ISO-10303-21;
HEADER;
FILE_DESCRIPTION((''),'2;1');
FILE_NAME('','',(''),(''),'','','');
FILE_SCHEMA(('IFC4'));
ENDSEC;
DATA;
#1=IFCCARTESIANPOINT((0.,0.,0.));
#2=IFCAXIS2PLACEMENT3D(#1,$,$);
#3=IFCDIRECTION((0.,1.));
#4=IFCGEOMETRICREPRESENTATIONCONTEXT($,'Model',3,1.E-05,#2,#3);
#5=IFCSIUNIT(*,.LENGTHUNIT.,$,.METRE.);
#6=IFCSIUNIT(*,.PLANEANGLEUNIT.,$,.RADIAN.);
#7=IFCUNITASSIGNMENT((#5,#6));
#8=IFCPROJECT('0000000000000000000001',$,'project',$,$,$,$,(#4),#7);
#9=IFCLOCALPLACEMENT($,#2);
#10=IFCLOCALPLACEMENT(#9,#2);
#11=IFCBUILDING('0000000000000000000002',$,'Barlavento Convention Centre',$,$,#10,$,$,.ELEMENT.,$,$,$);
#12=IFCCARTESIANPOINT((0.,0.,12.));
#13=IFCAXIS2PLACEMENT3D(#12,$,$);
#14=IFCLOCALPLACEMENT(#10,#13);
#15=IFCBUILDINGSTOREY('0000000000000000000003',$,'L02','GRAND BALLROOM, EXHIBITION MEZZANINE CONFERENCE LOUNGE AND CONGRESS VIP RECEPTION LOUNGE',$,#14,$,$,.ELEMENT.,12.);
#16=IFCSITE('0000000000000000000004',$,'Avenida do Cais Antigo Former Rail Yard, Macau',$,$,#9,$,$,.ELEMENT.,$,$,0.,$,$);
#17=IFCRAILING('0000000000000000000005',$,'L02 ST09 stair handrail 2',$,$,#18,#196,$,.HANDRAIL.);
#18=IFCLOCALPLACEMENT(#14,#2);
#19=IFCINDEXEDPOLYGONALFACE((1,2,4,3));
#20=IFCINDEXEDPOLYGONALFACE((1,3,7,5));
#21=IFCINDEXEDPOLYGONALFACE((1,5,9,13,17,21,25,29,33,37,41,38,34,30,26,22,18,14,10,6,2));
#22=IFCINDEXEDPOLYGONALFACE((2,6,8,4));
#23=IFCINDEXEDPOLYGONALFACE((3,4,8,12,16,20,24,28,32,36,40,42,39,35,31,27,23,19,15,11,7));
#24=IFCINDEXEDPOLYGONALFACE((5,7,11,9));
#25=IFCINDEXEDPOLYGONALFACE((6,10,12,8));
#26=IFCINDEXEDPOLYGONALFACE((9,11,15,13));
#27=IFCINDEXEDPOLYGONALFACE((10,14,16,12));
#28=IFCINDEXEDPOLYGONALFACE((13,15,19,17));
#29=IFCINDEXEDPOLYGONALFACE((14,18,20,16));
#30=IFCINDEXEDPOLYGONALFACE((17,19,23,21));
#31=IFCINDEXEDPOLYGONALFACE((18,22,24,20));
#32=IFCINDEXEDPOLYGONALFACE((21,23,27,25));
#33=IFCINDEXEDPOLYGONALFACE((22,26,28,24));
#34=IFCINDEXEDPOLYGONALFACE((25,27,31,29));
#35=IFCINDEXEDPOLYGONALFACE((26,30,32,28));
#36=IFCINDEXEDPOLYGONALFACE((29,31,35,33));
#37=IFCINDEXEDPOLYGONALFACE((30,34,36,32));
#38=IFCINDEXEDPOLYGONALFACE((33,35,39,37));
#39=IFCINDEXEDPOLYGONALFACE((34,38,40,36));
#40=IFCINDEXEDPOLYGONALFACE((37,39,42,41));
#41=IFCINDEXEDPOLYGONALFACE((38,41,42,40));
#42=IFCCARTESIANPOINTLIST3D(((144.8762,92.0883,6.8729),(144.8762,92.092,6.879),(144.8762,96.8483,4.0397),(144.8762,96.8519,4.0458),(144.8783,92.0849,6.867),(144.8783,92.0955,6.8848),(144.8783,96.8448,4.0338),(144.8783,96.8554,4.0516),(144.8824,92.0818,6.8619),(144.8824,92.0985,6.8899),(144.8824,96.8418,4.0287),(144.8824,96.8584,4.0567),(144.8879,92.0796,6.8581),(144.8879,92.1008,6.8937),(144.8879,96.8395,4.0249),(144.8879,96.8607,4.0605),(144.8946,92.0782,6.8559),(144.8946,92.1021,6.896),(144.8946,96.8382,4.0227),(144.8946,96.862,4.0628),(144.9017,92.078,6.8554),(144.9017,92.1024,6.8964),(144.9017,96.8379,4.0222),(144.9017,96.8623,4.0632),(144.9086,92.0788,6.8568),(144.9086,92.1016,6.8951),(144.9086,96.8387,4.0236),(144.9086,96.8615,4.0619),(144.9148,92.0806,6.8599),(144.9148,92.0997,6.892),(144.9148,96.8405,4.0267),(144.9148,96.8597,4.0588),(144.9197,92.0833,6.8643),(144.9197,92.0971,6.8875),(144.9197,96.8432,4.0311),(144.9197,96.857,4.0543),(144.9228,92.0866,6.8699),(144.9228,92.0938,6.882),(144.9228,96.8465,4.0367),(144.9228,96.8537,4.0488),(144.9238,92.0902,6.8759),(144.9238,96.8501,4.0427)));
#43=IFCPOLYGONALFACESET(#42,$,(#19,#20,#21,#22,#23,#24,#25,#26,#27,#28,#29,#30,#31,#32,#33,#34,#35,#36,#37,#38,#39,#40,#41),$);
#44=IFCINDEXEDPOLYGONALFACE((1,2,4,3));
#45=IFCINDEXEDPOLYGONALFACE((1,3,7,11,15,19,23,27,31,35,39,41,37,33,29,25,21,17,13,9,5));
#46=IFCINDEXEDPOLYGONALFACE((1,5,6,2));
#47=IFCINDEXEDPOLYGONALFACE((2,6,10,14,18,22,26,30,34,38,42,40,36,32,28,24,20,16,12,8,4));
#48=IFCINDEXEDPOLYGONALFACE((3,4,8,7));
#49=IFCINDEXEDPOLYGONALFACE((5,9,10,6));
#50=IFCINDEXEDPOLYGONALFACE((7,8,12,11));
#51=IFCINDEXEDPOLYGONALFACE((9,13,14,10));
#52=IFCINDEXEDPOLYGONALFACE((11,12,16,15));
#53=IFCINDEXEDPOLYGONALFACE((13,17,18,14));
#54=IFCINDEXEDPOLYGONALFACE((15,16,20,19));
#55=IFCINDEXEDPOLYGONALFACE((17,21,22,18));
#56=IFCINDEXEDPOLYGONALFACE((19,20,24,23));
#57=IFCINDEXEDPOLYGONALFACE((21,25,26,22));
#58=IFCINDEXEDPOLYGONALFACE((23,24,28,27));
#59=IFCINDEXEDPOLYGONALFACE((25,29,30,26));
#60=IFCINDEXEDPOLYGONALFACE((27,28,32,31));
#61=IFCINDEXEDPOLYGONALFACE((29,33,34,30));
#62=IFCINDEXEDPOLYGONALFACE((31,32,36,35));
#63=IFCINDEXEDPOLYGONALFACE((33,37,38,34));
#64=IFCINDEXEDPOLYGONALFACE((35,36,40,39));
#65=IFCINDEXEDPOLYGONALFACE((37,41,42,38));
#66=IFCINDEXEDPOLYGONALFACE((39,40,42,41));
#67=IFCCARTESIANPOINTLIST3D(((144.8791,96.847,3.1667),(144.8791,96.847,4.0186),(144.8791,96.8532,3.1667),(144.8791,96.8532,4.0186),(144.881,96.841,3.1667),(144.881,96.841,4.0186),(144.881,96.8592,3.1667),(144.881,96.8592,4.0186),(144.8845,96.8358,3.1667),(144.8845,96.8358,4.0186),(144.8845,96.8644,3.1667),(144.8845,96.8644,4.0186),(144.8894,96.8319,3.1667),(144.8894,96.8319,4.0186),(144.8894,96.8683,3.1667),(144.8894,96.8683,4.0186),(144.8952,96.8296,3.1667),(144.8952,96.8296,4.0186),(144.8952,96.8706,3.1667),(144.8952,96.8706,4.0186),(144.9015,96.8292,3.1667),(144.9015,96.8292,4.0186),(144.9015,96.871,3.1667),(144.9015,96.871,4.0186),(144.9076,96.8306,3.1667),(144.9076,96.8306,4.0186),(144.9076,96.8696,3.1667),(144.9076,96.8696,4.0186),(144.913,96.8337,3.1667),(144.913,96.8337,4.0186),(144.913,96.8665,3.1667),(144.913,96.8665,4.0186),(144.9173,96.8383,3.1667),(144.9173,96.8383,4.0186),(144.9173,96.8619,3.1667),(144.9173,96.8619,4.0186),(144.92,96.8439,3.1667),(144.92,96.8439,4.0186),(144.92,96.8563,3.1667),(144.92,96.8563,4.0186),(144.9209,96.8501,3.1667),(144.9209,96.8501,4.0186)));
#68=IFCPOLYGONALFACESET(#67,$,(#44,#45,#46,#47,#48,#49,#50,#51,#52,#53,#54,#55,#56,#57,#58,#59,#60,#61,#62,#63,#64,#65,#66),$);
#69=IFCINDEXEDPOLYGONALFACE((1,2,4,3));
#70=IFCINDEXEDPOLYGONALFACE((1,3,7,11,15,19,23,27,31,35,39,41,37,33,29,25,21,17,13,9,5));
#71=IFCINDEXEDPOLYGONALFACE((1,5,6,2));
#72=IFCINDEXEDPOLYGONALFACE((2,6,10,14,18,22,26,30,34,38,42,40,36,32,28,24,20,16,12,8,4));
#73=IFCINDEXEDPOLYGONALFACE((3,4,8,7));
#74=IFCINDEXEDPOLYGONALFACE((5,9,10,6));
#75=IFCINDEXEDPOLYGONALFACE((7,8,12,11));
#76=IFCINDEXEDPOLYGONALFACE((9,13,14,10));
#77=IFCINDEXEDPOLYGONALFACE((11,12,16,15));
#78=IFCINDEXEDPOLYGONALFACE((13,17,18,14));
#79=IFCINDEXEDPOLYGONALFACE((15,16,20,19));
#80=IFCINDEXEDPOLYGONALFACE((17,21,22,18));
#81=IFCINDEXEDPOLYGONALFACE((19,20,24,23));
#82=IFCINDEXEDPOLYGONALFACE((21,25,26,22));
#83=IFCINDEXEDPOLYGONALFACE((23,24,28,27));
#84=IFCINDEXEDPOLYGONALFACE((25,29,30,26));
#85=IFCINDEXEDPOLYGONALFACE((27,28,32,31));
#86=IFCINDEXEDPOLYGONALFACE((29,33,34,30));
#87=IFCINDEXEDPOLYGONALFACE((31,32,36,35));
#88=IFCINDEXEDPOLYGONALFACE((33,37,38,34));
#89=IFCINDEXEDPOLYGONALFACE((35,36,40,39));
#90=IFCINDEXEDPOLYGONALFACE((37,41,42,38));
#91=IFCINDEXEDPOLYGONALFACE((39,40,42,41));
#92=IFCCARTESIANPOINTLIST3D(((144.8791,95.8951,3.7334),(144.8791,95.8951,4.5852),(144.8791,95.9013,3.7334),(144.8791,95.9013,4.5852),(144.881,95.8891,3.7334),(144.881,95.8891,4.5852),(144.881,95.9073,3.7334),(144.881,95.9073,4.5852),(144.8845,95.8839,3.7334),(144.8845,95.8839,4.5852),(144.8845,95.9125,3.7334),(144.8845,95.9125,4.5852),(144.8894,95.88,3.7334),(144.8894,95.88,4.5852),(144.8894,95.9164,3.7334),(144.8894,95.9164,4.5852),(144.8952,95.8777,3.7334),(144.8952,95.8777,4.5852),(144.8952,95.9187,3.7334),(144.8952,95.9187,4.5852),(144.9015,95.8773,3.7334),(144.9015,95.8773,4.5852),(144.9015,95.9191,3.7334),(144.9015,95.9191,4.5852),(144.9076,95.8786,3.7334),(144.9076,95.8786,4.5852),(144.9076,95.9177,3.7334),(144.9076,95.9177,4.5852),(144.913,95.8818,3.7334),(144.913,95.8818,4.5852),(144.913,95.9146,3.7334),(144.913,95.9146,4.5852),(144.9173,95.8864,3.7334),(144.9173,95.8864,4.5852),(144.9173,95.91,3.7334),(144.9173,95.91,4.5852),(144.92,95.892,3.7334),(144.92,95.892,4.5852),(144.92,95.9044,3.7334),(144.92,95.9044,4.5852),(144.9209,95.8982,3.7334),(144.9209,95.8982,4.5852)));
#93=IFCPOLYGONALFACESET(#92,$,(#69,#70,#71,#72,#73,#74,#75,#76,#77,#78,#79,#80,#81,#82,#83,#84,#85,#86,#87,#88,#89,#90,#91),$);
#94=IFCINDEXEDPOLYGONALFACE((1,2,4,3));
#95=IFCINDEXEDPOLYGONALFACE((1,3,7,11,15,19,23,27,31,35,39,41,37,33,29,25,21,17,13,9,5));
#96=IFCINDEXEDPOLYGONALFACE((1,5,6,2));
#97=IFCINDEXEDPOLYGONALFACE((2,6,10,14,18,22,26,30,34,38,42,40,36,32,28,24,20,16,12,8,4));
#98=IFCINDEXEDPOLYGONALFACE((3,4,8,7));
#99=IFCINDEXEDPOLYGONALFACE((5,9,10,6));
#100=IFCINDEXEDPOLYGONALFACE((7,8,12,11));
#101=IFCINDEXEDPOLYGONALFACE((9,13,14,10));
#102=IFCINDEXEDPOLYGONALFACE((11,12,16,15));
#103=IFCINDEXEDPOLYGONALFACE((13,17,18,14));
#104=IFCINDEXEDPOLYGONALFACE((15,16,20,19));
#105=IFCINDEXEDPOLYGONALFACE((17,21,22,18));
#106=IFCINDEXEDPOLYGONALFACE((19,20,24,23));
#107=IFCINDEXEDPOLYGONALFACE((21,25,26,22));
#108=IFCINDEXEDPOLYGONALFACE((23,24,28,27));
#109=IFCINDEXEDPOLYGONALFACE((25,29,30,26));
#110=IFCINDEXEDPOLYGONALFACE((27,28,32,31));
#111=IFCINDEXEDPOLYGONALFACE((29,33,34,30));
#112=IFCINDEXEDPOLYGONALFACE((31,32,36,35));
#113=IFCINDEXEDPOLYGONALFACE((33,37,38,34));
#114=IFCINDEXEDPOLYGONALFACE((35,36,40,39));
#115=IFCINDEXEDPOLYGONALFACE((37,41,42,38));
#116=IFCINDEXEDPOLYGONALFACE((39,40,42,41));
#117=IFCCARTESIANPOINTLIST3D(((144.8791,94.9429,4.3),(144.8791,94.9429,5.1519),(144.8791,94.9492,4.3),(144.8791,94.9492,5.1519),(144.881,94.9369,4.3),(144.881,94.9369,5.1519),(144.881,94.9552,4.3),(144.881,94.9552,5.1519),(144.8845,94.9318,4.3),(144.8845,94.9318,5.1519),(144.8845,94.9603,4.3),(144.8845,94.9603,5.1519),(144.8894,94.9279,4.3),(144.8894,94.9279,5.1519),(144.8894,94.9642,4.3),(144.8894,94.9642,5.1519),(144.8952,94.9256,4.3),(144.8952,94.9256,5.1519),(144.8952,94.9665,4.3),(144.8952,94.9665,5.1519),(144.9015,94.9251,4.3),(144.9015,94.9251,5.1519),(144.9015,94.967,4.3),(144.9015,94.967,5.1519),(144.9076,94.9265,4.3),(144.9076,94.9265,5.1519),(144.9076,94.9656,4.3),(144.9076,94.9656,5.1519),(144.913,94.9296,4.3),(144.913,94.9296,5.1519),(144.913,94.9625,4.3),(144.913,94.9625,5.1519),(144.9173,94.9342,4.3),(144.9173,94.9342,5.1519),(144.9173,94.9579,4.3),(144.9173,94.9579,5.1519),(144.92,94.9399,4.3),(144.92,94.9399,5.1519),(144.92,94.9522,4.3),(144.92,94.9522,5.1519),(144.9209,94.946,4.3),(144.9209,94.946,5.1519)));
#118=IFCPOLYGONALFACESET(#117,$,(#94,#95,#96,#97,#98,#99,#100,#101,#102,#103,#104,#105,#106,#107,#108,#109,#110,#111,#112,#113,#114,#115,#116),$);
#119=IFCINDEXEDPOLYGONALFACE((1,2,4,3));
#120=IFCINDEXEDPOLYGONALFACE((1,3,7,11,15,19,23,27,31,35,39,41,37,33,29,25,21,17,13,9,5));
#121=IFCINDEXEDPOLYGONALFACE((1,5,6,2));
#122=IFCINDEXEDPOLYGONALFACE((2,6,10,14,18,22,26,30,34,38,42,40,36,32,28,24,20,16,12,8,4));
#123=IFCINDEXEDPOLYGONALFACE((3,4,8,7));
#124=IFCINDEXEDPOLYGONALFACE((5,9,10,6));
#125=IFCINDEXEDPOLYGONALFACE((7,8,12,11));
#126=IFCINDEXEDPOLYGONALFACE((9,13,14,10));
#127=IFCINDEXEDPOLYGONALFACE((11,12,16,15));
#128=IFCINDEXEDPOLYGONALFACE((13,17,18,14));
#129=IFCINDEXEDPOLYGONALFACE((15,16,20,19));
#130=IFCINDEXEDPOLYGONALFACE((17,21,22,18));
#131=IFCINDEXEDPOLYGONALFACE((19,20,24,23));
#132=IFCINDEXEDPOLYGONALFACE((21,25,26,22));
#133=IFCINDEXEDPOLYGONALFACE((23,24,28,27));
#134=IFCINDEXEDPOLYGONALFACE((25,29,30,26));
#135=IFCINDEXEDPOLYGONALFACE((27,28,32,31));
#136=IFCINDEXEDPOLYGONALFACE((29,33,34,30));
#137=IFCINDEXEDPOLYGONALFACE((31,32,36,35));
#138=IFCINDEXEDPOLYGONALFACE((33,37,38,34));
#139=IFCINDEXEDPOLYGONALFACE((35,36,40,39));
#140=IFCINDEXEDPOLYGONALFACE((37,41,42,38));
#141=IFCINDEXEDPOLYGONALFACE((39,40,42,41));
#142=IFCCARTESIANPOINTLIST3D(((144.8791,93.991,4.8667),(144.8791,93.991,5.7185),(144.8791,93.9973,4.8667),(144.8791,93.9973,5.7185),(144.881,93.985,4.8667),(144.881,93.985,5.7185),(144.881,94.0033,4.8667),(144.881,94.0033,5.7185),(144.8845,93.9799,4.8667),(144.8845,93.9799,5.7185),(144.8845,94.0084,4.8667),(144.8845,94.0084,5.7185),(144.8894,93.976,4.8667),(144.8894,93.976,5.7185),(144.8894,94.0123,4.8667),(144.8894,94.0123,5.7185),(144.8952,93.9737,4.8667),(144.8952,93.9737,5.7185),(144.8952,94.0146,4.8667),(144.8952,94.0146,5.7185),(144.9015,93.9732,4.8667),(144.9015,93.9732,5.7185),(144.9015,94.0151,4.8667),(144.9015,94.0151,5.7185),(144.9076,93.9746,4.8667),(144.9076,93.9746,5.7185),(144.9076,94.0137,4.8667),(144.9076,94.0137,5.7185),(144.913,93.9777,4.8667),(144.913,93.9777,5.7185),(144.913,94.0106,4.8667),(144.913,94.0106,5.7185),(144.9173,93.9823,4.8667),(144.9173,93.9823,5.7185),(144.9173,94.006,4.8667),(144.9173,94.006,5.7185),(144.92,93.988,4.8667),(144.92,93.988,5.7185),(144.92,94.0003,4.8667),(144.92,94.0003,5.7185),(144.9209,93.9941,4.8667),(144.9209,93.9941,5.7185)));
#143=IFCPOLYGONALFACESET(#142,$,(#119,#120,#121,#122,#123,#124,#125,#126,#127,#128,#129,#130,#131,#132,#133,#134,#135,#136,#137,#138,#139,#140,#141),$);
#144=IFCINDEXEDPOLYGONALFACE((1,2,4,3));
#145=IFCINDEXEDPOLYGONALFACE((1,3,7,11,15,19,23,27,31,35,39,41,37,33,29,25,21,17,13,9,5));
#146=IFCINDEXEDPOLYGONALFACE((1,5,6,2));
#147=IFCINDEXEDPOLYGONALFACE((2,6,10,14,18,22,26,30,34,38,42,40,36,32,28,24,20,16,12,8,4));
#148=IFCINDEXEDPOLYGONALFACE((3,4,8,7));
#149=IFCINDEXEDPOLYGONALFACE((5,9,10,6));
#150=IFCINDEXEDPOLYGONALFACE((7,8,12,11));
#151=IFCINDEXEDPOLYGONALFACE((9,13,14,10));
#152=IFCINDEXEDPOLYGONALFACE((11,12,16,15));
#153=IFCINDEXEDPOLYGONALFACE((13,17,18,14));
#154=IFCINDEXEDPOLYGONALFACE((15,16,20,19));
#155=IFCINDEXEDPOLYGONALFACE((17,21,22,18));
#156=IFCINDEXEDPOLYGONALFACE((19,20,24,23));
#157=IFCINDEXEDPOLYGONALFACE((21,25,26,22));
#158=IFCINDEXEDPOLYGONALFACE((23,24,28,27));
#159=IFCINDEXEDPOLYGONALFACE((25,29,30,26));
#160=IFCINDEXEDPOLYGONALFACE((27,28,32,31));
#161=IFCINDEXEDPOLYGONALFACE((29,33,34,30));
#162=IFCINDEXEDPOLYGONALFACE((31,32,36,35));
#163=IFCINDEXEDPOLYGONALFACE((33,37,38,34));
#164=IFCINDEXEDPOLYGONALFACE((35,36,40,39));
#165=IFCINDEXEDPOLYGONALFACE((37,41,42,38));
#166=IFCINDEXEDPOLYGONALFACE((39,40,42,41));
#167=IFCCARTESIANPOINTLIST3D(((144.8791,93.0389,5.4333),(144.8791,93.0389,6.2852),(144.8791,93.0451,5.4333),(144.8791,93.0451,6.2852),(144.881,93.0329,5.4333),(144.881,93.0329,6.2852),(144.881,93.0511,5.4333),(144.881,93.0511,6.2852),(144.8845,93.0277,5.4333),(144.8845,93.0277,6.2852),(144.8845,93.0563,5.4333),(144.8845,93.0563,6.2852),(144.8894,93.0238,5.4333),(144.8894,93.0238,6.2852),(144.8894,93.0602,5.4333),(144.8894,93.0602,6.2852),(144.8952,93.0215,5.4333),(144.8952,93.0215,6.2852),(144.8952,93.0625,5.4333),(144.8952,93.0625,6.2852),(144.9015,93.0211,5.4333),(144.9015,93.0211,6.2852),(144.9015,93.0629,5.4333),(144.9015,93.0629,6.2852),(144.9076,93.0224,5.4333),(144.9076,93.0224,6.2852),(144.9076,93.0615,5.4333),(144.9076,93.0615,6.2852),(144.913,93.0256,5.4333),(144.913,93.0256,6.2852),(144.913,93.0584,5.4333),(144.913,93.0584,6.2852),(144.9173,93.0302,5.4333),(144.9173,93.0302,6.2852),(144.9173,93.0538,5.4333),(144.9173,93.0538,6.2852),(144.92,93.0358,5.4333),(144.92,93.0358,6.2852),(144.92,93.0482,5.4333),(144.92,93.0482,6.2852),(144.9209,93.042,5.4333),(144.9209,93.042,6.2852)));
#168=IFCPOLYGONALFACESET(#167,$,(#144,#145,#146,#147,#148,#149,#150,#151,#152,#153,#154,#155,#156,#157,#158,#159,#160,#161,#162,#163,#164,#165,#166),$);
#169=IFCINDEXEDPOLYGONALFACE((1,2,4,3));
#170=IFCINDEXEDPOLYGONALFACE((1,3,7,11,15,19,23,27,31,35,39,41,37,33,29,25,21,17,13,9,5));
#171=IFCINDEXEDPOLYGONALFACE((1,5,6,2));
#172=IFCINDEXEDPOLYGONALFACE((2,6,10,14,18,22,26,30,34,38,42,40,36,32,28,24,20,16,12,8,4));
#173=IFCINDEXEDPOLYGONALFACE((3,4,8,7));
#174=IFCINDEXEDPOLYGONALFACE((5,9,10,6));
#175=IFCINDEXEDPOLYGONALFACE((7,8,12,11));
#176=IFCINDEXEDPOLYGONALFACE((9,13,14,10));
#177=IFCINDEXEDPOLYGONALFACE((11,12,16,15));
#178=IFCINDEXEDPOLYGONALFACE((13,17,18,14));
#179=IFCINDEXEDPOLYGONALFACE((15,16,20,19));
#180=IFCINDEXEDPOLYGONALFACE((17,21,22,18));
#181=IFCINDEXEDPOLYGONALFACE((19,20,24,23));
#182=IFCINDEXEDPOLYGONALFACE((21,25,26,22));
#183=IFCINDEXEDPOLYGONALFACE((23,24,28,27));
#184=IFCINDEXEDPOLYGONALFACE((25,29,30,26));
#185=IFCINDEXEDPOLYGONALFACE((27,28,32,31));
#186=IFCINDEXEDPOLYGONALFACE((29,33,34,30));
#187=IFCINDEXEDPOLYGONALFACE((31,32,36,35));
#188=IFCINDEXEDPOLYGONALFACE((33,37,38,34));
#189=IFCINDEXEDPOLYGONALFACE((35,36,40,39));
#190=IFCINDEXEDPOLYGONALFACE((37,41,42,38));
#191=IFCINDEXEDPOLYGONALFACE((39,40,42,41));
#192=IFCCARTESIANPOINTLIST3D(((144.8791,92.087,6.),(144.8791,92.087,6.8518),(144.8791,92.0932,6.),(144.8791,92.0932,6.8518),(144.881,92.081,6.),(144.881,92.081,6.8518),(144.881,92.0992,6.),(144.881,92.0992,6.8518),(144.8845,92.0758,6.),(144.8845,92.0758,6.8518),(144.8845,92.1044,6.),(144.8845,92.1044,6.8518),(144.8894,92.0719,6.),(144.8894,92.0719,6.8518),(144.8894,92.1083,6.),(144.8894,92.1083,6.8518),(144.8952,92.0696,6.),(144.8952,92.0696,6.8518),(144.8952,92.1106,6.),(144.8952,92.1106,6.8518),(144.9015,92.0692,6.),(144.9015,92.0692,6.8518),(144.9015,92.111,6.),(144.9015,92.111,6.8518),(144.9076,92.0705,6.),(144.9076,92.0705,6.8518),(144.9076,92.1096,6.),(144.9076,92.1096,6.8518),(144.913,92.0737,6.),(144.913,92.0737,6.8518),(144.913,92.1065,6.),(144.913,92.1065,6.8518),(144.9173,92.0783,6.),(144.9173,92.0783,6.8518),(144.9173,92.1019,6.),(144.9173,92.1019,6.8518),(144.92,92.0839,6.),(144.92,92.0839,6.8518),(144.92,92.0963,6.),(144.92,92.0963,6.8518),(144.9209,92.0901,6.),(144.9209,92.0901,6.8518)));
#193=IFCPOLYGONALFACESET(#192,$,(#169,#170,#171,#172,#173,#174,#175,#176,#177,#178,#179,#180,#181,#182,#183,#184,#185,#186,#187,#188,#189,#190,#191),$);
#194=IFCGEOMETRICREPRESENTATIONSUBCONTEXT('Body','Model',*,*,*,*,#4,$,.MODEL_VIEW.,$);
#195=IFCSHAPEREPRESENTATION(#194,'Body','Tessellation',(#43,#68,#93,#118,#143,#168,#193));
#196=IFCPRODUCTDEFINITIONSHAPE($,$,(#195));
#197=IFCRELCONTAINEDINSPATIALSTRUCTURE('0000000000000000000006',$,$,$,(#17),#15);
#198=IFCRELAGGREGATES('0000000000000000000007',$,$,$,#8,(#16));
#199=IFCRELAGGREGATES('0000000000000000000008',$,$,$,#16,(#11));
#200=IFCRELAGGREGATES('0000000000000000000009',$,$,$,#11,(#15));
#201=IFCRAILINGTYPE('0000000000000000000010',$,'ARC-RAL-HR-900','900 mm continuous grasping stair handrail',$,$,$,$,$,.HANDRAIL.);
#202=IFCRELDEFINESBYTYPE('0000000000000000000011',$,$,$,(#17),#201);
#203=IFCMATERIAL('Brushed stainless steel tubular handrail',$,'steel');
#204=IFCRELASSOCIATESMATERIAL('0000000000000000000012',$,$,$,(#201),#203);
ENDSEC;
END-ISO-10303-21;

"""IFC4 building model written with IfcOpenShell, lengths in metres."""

from ifc_helpers import new_model, si_unit, direction, frame, origin, origin_2d, place, context, subcontext, project, spatial, circle, extrude, material, type_object, element, save


model = new_model("IFC4")

# Units and contexts
model_context = context("Model", 3, precision=1e-05, world=origin(), true_north=direction((0.0, 1.0)))
body_context = subcontext(model_context, "Body", "Model", "MODEL_VIEW")
ifc_project = project(units=[si_unit("LENGTHUNIT", "METRE"), si_unit("PLANEANGLEUNIT", "RADIAN")], contexts=[model_context])

# Site, building, storey
site_placement = place(None, origin())
site = spatial("IfcSite", under=ifc_project, at=site_placement, Name="Avenida do Cais Antigo Former Rail Yard, Macau", CompositionType="ELEMENT", RefElevation=0.0)
building_placement = place(site_placement, origin())
building = spatial("IfcBuilding", under=site, at=building_placement, Name="Barlavento Convention Centre", CompositionType="ELEMENT")
storey_placement = place(building_placement, frame((0.0, 0.0, 12.0)))
storey = spatial("IfcBuildingStorey", under=building, at=storey_placement, Name="L02", Description="GRAND BALLROOM, EXHIBITION MEZZANINE CONFERENCE LOUNGE AND CONGRESS VIP RECEPTION LOUNGE", CompositionType="ELEMENT", Elevation=12.0)

# Railing
ifc_material_1 = material(Name="Brushed stainless steel tubular handrail", Category="steel")
railing_type_1 = type_object("IfcRailingType", Name="ARC-RAL-HR-900", Description="900 mm continuous grasping stair handrail", PredefinedType="HANDRAIL", material=ifc_material_1)
railing_1_placement = place(storey_placement, frame((144.8999, 96.8501, 3.1667)))
element("IfcRailing", 1, at=railing_1_placement, inside=storey, type_object=railing_type_1, Name="L02 ST09 stair handrail 2", PredefinedType="HANDRAIL", context=body_context, shape_type="SweptSolid", body=[
    extrude(circle(Radius=0.0239, at=origin_2d()), frame((0.0, 0.0, 0.876), z_axis=(0.0, -0.8593, 0.511472), x_axis=(1.0, 0.0, 0.0)), (0.0, 0.0, 1.0), 5.5393),
    extrude(circle(Radius=0.021, at=origin_2d()), origin(), (0.0, 0.0, 1.0), 0.8518),
    extrude(circle(Radius=0.021, at=origin_2d()), frame((0.0, -0.9519, 0.5667)), (0.0, 0.0, 1.0), 0.8518),
    extrude(circle(Radius=0.021, at=origin_2d()), frame((0.0, -1.9041, 1.1333)), (0.0, 0.0, 1.0), 0.8518),
    extrude(circle(Radius=0.021, at=origin_2d()), frame((0.0, -2.856, 1.7)), (0.0, 0.0, 1.0), 0.8518),
    extrude(circle(Radius=0.021, at=origin_2d()), frame((0.0, -3.8081, 2.2666)), (0.0, 0.0, 1.0), 0.8518),
    extrude(circle(Radius=0.021, at=origin_2d()), frame((0.0, -4.76, 2.8333)), (0.0, 0.0, 1.0), 0.8518),
])

save(model, "model.ifc")
